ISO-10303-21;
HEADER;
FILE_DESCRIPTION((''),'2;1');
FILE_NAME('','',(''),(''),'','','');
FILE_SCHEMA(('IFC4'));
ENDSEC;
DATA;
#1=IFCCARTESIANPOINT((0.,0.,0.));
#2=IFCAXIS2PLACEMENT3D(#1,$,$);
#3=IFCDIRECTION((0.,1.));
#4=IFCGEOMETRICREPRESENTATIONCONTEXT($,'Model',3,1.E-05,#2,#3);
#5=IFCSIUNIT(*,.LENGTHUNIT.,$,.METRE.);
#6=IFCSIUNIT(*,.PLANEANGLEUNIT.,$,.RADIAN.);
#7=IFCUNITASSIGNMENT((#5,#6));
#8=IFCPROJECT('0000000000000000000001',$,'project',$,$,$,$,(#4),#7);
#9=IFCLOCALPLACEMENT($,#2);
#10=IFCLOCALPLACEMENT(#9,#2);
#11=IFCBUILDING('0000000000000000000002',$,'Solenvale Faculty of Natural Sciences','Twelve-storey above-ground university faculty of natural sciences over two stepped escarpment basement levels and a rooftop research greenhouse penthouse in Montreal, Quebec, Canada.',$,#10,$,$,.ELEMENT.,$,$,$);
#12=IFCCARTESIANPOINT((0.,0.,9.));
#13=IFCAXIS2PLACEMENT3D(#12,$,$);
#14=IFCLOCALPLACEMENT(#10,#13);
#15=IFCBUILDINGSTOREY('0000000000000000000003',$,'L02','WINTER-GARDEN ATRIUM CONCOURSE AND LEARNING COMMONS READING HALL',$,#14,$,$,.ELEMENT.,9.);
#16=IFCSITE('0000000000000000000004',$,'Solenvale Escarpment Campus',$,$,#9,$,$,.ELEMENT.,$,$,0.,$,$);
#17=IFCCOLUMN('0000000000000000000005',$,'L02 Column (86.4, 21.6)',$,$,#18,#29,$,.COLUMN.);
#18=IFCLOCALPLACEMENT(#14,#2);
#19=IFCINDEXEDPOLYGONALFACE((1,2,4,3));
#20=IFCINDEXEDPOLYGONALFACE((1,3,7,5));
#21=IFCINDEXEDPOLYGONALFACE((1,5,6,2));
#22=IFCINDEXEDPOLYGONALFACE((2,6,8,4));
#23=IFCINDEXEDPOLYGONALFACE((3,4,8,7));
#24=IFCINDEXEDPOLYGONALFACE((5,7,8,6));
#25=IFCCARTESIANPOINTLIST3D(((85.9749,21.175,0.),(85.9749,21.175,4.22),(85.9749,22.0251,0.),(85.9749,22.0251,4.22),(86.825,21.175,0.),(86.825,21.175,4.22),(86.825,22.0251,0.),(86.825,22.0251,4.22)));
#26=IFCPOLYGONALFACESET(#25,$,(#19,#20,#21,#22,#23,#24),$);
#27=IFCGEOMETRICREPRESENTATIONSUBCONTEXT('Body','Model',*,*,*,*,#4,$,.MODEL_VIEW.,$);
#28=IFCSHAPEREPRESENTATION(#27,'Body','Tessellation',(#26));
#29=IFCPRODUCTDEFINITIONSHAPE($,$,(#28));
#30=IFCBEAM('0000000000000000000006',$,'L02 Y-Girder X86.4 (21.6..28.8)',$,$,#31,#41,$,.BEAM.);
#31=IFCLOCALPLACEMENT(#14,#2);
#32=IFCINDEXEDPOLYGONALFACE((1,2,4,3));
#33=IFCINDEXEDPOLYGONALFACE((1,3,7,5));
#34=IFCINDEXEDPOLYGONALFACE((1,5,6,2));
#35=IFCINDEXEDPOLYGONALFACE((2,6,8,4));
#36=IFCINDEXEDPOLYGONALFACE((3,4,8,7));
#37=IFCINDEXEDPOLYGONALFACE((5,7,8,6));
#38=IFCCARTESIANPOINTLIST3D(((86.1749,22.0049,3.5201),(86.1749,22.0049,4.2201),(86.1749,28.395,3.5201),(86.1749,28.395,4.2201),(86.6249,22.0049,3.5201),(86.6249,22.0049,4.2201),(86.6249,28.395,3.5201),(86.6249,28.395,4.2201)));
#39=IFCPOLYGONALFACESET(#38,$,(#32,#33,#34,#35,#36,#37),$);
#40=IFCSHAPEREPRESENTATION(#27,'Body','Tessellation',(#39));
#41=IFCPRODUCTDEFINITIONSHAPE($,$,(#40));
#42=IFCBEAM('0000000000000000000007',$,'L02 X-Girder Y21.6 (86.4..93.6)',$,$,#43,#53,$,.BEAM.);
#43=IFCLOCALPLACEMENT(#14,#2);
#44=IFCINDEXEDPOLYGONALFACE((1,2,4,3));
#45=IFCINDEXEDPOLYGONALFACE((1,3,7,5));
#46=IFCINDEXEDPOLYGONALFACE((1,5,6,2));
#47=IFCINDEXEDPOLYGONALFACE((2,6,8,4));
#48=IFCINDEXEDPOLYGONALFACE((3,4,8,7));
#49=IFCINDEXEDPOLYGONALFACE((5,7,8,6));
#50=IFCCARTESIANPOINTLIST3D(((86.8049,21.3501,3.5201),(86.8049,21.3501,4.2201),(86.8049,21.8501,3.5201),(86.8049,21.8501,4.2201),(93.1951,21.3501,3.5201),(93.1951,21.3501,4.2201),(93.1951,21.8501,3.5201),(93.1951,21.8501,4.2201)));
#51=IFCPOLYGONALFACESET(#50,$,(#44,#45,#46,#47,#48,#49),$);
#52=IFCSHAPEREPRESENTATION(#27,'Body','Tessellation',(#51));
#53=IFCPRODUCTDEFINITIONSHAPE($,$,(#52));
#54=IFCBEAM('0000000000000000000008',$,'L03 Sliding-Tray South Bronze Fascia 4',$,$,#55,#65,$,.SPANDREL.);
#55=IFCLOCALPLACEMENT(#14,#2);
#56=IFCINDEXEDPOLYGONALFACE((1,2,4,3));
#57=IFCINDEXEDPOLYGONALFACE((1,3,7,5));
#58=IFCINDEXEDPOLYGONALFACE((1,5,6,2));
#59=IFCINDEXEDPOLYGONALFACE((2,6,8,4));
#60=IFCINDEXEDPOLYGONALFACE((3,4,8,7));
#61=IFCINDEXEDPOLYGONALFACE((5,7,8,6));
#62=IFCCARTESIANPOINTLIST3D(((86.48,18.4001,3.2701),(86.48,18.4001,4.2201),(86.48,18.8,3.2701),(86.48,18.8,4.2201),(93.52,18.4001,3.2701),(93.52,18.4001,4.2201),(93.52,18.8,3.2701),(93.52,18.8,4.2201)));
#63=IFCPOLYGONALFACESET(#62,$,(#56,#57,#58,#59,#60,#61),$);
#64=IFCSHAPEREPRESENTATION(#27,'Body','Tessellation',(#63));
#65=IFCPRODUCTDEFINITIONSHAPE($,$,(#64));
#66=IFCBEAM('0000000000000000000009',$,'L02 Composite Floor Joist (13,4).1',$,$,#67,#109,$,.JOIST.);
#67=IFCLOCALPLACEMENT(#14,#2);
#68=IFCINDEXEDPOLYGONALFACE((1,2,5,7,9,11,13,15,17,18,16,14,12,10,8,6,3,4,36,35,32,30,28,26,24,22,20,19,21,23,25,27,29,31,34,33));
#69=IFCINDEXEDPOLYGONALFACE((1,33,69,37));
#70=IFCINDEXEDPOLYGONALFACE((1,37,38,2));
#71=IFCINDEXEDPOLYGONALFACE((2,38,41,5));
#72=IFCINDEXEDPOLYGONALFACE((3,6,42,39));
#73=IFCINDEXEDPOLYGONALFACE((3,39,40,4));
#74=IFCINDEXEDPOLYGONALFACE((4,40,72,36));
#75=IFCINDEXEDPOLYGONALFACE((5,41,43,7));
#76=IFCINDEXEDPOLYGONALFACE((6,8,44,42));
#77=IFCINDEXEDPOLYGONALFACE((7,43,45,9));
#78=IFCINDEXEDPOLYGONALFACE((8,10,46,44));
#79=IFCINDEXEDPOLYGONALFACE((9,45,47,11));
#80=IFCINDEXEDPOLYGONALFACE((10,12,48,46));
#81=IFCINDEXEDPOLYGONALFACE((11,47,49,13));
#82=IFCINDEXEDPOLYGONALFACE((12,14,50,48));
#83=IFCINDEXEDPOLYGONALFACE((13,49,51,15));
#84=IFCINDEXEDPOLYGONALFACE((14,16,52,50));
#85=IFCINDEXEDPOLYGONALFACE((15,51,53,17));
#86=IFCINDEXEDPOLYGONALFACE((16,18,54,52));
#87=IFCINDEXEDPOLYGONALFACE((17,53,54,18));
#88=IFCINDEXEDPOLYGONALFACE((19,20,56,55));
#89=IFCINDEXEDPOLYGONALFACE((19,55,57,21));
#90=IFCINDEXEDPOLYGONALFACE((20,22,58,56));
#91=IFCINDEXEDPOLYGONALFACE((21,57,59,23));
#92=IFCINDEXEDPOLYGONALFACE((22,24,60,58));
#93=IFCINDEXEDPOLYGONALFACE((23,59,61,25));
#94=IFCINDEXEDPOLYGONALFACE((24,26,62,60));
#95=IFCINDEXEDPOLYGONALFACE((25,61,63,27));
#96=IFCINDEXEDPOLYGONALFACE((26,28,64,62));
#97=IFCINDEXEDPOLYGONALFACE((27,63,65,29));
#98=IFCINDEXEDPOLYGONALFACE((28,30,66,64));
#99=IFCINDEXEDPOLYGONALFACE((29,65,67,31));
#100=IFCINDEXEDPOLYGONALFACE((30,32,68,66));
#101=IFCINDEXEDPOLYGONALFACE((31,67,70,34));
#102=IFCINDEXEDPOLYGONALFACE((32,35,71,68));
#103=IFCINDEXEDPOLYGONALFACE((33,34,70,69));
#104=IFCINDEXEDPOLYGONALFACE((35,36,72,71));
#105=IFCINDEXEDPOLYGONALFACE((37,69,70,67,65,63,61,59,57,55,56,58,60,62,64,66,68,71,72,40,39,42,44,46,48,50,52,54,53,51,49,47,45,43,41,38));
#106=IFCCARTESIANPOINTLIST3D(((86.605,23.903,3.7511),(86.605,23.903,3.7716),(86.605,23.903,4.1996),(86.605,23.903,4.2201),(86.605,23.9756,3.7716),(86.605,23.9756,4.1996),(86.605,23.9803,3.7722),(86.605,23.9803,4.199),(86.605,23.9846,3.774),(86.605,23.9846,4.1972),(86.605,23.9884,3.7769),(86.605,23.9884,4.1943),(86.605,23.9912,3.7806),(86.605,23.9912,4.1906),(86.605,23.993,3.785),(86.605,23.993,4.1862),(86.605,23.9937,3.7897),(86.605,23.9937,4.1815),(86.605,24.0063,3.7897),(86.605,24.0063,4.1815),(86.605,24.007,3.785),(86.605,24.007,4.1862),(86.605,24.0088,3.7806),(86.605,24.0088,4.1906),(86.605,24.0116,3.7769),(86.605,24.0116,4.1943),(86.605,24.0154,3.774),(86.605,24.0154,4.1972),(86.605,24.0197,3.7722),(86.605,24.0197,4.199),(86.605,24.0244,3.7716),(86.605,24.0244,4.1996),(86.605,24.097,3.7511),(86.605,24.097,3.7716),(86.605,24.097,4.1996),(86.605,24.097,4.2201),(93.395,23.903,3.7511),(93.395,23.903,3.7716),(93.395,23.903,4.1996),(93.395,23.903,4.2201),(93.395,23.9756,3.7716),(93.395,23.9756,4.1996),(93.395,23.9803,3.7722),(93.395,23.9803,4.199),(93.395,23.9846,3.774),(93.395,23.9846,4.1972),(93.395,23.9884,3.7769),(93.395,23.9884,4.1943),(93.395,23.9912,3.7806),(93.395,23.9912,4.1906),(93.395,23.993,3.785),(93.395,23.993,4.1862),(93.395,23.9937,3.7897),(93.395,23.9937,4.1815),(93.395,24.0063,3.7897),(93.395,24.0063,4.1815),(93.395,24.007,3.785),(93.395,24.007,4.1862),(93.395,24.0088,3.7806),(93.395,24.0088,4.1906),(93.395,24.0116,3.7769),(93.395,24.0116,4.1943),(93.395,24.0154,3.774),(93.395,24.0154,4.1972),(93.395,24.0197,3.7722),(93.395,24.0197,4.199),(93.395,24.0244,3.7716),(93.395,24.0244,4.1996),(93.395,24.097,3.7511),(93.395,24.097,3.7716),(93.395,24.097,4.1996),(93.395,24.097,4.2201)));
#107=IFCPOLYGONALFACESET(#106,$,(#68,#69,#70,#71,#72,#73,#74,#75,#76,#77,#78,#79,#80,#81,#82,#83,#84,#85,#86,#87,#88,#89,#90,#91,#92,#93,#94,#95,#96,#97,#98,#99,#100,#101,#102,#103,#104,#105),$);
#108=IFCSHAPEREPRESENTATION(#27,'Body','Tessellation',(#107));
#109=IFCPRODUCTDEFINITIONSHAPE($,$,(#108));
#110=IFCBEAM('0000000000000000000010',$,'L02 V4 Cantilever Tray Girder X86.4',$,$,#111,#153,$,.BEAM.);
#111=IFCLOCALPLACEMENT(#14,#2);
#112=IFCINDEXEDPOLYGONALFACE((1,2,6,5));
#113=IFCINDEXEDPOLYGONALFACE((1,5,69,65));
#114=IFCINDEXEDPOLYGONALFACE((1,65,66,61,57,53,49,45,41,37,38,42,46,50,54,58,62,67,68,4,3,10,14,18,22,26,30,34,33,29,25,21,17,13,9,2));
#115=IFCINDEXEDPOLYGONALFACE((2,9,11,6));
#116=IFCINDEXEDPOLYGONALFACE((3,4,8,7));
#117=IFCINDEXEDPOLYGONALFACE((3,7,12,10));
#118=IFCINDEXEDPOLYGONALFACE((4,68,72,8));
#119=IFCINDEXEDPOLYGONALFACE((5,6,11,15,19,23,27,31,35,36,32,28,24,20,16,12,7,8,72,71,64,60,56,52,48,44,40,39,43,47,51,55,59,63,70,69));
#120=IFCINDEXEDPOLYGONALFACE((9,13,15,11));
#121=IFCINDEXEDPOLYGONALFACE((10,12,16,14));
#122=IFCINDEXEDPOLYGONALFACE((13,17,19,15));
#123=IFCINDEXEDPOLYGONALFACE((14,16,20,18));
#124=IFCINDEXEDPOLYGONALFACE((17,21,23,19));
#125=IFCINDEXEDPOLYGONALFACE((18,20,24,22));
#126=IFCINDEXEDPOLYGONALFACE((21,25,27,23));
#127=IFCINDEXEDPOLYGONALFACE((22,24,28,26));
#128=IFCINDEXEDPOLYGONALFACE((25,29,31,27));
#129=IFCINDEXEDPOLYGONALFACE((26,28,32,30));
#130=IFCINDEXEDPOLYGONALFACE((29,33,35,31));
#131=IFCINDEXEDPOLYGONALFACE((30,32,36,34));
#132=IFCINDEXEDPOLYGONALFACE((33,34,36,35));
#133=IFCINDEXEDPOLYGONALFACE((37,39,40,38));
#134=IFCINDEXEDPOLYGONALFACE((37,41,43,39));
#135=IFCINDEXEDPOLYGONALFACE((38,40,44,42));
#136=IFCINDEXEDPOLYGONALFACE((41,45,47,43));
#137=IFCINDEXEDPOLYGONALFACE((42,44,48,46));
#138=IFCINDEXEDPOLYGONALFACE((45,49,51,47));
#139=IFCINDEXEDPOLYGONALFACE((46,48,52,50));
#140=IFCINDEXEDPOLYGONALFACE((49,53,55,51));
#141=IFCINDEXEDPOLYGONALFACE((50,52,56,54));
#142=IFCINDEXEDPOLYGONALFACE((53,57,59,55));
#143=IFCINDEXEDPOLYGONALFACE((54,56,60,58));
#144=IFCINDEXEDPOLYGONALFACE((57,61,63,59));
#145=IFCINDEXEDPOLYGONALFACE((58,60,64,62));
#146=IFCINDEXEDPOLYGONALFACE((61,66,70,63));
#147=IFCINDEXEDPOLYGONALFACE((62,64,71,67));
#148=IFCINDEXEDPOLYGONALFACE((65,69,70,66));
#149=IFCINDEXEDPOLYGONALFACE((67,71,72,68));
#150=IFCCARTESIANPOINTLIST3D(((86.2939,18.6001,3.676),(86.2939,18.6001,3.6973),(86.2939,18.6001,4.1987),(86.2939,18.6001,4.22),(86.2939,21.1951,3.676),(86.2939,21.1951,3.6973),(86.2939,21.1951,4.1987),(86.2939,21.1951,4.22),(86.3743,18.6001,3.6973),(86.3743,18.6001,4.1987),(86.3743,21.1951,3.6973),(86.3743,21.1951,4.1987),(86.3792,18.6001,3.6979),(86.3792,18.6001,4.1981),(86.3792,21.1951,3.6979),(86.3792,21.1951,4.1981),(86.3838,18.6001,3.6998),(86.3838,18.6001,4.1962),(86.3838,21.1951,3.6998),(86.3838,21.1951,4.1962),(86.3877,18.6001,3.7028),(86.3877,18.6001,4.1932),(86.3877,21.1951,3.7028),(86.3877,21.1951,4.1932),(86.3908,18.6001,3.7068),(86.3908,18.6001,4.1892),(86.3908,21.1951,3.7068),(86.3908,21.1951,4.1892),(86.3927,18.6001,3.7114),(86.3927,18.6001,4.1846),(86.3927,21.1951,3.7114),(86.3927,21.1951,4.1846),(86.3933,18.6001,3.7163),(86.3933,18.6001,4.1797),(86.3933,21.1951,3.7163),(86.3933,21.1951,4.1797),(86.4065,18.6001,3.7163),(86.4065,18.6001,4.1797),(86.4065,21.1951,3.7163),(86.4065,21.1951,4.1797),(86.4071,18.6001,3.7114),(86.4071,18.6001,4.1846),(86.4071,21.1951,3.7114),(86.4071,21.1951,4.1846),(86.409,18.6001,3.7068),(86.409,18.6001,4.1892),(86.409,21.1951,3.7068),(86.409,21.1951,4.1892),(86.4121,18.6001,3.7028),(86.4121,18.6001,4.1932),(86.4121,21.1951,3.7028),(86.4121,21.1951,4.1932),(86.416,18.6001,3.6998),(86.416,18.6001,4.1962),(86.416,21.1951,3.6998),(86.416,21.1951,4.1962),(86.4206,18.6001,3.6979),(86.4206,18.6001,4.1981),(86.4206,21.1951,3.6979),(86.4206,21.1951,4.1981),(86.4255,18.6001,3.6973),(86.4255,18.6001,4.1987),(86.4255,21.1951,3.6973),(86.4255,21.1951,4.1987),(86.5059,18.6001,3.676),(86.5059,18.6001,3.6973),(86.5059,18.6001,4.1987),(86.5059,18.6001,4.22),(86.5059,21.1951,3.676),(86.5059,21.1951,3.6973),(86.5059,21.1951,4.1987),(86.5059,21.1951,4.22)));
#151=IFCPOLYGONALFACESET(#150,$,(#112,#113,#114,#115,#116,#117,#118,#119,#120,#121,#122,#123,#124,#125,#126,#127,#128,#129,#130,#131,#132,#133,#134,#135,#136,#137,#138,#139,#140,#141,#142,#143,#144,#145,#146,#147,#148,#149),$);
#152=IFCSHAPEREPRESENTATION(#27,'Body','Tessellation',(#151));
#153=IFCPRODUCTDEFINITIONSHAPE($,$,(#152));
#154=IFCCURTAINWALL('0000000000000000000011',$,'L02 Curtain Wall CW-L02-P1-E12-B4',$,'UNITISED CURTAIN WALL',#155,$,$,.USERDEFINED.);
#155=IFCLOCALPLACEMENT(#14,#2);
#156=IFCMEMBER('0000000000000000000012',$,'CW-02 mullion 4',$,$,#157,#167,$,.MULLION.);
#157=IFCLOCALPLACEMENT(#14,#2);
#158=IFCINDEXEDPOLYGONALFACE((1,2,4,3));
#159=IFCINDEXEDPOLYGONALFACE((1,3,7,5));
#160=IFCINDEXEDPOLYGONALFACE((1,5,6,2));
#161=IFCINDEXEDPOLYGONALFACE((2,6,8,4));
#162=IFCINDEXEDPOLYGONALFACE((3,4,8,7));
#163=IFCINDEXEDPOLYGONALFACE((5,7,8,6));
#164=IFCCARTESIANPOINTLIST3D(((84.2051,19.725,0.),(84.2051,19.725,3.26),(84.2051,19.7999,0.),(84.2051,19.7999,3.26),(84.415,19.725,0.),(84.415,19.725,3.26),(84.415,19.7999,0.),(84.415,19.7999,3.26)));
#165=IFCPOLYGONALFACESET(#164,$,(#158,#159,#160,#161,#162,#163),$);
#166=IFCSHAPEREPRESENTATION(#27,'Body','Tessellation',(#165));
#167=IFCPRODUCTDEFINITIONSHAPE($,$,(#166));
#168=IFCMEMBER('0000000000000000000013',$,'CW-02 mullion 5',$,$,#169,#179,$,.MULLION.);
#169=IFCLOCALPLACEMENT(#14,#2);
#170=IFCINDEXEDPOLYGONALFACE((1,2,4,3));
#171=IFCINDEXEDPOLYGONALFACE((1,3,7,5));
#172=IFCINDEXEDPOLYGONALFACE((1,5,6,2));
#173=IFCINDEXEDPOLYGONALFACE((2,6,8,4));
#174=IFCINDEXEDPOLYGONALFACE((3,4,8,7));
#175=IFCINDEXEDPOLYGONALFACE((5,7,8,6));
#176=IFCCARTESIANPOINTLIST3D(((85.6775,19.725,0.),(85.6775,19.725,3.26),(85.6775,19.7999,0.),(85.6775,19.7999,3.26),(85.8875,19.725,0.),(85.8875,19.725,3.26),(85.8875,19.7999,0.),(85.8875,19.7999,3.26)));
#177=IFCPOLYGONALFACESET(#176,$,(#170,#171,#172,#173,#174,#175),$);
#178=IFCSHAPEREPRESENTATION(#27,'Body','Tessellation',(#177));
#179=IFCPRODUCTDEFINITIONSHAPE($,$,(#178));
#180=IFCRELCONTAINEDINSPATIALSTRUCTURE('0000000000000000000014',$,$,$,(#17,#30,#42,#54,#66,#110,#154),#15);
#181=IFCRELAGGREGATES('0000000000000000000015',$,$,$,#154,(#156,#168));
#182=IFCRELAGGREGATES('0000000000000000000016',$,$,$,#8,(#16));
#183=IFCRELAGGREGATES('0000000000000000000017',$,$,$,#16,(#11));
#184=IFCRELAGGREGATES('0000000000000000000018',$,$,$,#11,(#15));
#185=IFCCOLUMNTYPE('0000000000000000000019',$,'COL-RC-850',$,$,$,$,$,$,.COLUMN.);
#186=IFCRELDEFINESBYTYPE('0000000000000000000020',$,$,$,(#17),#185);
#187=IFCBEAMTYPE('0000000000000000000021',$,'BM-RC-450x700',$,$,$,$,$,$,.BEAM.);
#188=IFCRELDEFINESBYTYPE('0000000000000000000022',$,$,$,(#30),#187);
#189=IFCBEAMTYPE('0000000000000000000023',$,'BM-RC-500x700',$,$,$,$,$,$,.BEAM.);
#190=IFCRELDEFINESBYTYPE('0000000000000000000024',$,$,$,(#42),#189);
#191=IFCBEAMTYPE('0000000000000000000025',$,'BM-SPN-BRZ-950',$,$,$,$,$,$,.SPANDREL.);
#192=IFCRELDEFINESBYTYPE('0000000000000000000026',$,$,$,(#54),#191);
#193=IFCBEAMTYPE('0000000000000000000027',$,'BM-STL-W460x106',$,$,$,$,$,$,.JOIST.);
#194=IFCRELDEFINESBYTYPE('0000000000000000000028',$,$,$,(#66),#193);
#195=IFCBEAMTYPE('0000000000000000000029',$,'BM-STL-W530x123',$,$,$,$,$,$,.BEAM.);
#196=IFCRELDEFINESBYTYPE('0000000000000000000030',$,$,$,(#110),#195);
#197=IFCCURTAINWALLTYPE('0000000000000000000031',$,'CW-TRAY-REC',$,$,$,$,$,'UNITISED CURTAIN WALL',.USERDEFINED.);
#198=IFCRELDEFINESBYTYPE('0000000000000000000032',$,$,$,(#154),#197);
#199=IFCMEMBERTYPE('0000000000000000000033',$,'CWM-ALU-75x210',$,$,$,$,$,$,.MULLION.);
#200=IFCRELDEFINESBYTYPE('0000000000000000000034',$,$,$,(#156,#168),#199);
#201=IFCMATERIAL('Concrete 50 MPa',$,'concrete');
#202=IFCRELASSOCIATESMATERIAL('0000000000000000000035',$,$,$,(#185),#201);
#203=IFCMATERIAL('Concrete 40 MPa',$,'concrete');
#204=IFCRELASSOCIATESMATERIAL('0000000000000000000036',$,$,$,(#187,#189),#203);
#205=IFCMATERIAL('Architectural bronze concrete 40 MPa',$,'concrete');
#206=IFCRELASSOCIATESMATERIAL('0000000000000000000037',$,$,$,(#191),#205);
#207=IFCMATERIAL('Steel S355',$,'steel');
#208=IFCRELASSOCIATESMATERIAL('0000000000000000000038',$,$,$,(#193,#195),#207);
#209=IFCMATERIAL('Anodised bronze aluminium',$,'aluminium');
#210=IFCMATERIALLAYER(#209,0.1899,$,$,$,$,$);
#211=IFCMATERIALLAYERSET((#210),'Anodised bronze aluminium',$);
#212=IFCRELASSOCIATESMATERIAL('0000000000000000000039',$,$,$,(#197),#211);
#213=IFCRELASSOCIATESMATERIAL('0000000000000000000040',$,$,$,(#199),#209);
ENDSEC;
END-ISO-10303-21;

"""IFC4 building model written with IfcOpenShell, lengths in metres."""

from ifc_helpers import new_model, si_unit, direction, frame, origin, origin_2d, place, context, subcontext, project, spatial, rectangle, i_section, extrude, material, layer, layer_set, material_profile, profile_set, type_object, element, aggregate, save


model = new_model("IFC4")

# Units and contexts
model_context = context("Model", 3, precision=1e-05, world=origin(), true_north=direction((0.0, 1.0)))
body_context = subcontext(model_context, "Body", "Model", "MODEL_VIEW")
ifc_project = project(units=[si_unit("LENGTHUNIT", "METRE"), si_unit("PLANEANGLEUNIT", "RADIAN")], contexts=[model_context])

# Site, building, storey
site_placement = place(None, origin())
site = spatial("IfcSite", under=ifc_project, at=site_placement, Name="Solenvale Escarpment Campus", CompositionType="ELEMENT", RefElevation=0.0)
building_placement = place(site_placement, origin())
building = spatial("IfcBuilding", under=site, at=building_placement, Name="Solenvale Faculty of Natural Sciences", Description="Twelve-storey above-ground university faculty of natural sciences over two stepped escarpment basement levels and a rooftop research greenhouse penthouse in Montreal, Quebec, Canada.", CompositionType="ELEMENT")
storey_placement = place(building_placement, frame((0.0, 0.0, 9.0)))
storey = spatial("IfcBuildingStorey", under=building, at=storey_placement, Name="L02", Description="WINTER-GARDEN ATRIUM CONCOURSE AND LEARNING COMMONS READING HALL", CompositionType="ELEMENT", Elevation=9.0)

# Column
ifc_material_1 = material(Name="Concrete 50 MPa", Category="concrete")
ifc_material_profile_1 = material_profile(ifc_material_1, rectangle(XDim=0.8501, YDim=0.8501, at=origin_2d()), Name="RC-COL-850x850")
ifc_profile_set_1 = profile_set([ifc_material_profile_1], Name="Concrete 50 MPa")
column_type = type_object("IfcColumnType", Name="COL-RC-850", PredefinedType="COLUMN", material=ifc_profile_set_1)
column_placement = place(storey_placement, frame((86.3999, 21.6001, 0.0), z_axis=(0.0, 0.0, 1.0), x_axis=(1.0, 0.0, 0.0)))
element("IfcColumn", 1, at=column_placement, inside=storey, type_object=column_type, Name="L02 Column (86.4, 21.6)", PredefinedType="COLUMN", context=body_context, shape_type="SweptSolid", body=[
    extrude(rectangle(XDim=0.8501, YDim=0.8501, at=origin_2d()), origin(), (0.0, 0.0, 1.0), 4.22),
])

# Beams
ifc_material_2 = material(Name="Concrete 40 MPa", Category="concrete")
ifc_material_profile_2 = material_profile(ifc_material_2, rectangle(XDim=0.45, YDim=0.7, at=origin_2d()), Name="RC-BM-450x700")
ifc_profile_set_2 = profile_set([ifc_material_profile_2], Name="Concrete 40 MPa")
beam_type_1 = type_object("IfcBeamType", Name="BM-RC-450x700", PredefinedType="BEAM", material=ifc_profile_set_2)
beam_1_placement = place(storey_placement, frame((86.3999, 22.0049, 3.8701), z_axis=(0.0, 1.0, 0.0), x_axis=(-1.0, 0.0, 0.0)))
element("IfcBeam", 2, at=beam_1_placement, inside=storey, type_object=beam_type_1, Name="L02 Y-Girder X86.4 (21.6..28.8)", PredefinedType="BEAM", context=body_context, shape_type="SweptSolid", body=[
    extrude(rectangle(XDim=0.45, YDim=0.7, at=origin_2d()), origin(), (0.0, 0.0, 1.0), 6.3901),
])
ifc_material_profile_3 = material_profile(ifc_material_2, rectangle(XDim=0.5, YDim=0.7, at=origin_2d()), Name="RC-BM-500x700")
ifc_profile_set_3 = profile_set([ifc_material_profile_3], Name="Concrete 40 MPa")
beam_type_2 = type_object("IfcBeamType", Name="BM-RC-500x700", PredefinedType="BEAM", material=ifc_profile_set_3)
beam_2_placement = place(storey_placement, frame((86.8049, 21.6001, 3.8701), z_axis=(1.0, 0.0, 0.0), x_axis=(0.0, 1.0, 0.0)))
element("IfcBeam", 3, at=beam_2_placement, inside=storey, type_object=beam_type_2, Name="L02 X-Girder Y21.6 (86.4..93.6)", PredefinedType="BEAM", context=body_context, shape_type="SweptSolid", body=[
    extrude(rectangle(XDim=0.5, YDim=0.7, at=origin_2d()), origin(), (0.0, 0.0, 1.0), 6.3901),
])
ifc_material_3 = material(Name="Architectural bronze concrete 40 MPa", Category="concrete")
ifc_material_profile_4 = material_profile(ifc_material_3, rectangle(XDim=0.3999, YDim=0.95, at=origin_2d()), Name="RC-SPN-400x950")
ifc_profile_set_4 = profile_set([ifc_material_profile_4], Name="Architectural bronze concrete 40 MPa")
beam_type_3 = type_object("IfcBeamType", Name="BM-SPN-BRZ-950", PredefinedType="SPANDREL", material=ifc_profile_set_4)
beam_3_placement = place(storey_placement, frame((86.48, 18.6001, 3.7451), z_axis=(1.0, 0.0, 0.0), x_axis=(0.0, 1.0, 0.0)))
element("IfcBeam", 4, at=beam_3_placement, inside=storey, type_object=beam_type_3, Name="L03 Sliding-Tray South Bronze Fascia 4", PredefinedType="SPANDREL", context=body_context, shape_type="SweptSolid", body=[
    extrude(rectangle(XDim=0.3999, YDim=0.95, at=origin_2d()), origin(), (0.0, 0.0, 1.0), 7.04),
])
ifc_material_4 = material(Name="Steel S355", Category="steel")
ifc_material_profile_5 = material_profile(ifc_material_4, i_section(OverallWidth=0.1941, OverallDepth=0.469, WebThickness=0.0127, FlangeThickness=0.0205, FilletRadius=0.0181, at=origin_2d()), Name="W460x106")
ifc_profile_set_5 = profile_set([ifc_material_profile_5], Name="Steel S355")
beam_type_4 = type_object("IfcBeamType", Name="BM-STL-W460x106", PredefinedType="JOIST", material=ifc_profile_set_5)
beam_4_placement = place(storey_placement, frame((86.605, 24.0, 3.9856), z_axis=(1.0, 0.0, 0.0), x_axis=(0.0, 1.0, 0.0)))
element("IfcBeam", 5, at=beam_4_placement, inside=storey, type_object=beam_type_4, Name="L02 Composite Floor Joist (13,4).1", PredefinedType="JOIST", context=body_context, shape_type="SweptSolid", body=[
    extrude(i_section(OverallWidth=0.1941, OverallDepth=0.469, WebThickness=0.0127, FlangeThickness=0.0205, FilletRadius=0.0181, at=origin_2d()), origin(), (0.0, 0.0, 1.0), 6.79),
])
ifc_material_profile_6 = material_profile(ifc_material_4, i_section(OverallWidth=0.2119, OverallDepth=0.5439, WebThickness=0.0132, FlangeThickness=0.0212, FilletRadius=0.019, at=origin_2d()), Name="W530x123")
ifc_profile_set_6 = profile_set([ifc_material_profile_6], Name="Steel S355")
beam_type_5 = type_object("IfcBeamType", Name="BM-STL-W530x123", PredefinedType="BEAM", material=ifc_profile_set_6)
beam_5_placement = place(storey_placement, frame((86.3999, 21.1951, 3.948), z_axis=(0.0, -1.0, 0.0), x_axis=(1.0, 0.0, 0.0)))
element("IfcBeam", 6, at=beam_5_placement, inside=storey, type_object=beam_type_5, Name="L02 V4 Cantilever Tray Girder X86.4", PredefinedType="BEAM", context=body_context, shape_type="SweptSolid", body=[
    extrude(i_section(OverallWidth=0.2119, OverallDepth=0.5439, WebThickness=0.0132, FlangeThickness=0.0212, FilletRadius=0.019, at=origin_2d()), origin(), (0.0, 0.0, 1.0), 2.595),
])

# Curtain wall, members
ifc_material_5 = material(Name="Anodised bronze aluminium", Category="aluminium")
ifc_layer_1 = layer(ifc_material_5, 0.1899)
ifc_layer_set_1 = layer_set([ifc_layer_1], Name="Anodised bronze aluminium")
curtain_wall_type = type_object("IfcCurtainWallType", Name="CW-TRAY-REC", ElementType="UNITISED CURTAIN WALL", PredefinedType="USERDEFINED", material=ifc_layer_set_1)
curtain_wall_1_placement = place(storey_placement, origin())
curtain_wall_1 = element("IfcCurtainWall", 7, at=curtain_wall_1_placement, inside=storey, type_object=curtain_wall_type, Name="L02 Curtain Wall CW-L02-P1-E12-B4", ObjectType="UNITISED CURTAIN WALL", PredefinedType="USERDEFINED")
ifc_material_profile_7 = material_profile(ifc_material_5, rectangle(XDim=0.075, YDim=0.21, at=origin_2d()), Name="ALU-MUL-75x210")
ifc_profile_set_7 = profile_set([ifc_material_profile_7], Name="Anodised bronze aluminium")
member_type_1 = type_object("IfcMemberType", Name="CWM-ALU-75x210", PredefinedType="MULLION", material=ifc_profile_set_7)
member_1_placement = place(storey_placement, frame((84.3101, 19.7625, 0.0), z_axis=(0.0, 0.0, 1.0), x_axis=(0.0, 1.0, 0.0)))
member_1 = element("IfcMember", 8, at=member_1_placement, type_object=member_type_1, Name="CW-02 mullion 4", PredefinedType="MULLION", context=body_context, shape_type="SweptSolid", body=[
    extrude(rectangle(XDim=0.075, YDim=0.21, at=origin_2d()), origin(), (0.0, 0.0, 1.0), 3.26),
])
member_2_placement = place(storey_placement, frame((85.7825, 19.7625, 0.0), z_axis=(0.0, 0.0, 1.0), x_axis=(0.0, 1.0, 0.0)))
member_2 = element("IfcMember", 9, at=member_2_placement, type_object=member_type_1, Name="CW-02 mullion 5", PredefinedType="MULLION", context=body_context, shape_type="SweptSolid", body=[
    extrude(rectangle(XDim=0.075, YDim=0.21, at=origin_2d()), origin(), (0.0, 0.0, 1.0), 3.26),
])

aggregate(curtain_wall_1, [member_1, member_2])

save(model, "model.ifc")
